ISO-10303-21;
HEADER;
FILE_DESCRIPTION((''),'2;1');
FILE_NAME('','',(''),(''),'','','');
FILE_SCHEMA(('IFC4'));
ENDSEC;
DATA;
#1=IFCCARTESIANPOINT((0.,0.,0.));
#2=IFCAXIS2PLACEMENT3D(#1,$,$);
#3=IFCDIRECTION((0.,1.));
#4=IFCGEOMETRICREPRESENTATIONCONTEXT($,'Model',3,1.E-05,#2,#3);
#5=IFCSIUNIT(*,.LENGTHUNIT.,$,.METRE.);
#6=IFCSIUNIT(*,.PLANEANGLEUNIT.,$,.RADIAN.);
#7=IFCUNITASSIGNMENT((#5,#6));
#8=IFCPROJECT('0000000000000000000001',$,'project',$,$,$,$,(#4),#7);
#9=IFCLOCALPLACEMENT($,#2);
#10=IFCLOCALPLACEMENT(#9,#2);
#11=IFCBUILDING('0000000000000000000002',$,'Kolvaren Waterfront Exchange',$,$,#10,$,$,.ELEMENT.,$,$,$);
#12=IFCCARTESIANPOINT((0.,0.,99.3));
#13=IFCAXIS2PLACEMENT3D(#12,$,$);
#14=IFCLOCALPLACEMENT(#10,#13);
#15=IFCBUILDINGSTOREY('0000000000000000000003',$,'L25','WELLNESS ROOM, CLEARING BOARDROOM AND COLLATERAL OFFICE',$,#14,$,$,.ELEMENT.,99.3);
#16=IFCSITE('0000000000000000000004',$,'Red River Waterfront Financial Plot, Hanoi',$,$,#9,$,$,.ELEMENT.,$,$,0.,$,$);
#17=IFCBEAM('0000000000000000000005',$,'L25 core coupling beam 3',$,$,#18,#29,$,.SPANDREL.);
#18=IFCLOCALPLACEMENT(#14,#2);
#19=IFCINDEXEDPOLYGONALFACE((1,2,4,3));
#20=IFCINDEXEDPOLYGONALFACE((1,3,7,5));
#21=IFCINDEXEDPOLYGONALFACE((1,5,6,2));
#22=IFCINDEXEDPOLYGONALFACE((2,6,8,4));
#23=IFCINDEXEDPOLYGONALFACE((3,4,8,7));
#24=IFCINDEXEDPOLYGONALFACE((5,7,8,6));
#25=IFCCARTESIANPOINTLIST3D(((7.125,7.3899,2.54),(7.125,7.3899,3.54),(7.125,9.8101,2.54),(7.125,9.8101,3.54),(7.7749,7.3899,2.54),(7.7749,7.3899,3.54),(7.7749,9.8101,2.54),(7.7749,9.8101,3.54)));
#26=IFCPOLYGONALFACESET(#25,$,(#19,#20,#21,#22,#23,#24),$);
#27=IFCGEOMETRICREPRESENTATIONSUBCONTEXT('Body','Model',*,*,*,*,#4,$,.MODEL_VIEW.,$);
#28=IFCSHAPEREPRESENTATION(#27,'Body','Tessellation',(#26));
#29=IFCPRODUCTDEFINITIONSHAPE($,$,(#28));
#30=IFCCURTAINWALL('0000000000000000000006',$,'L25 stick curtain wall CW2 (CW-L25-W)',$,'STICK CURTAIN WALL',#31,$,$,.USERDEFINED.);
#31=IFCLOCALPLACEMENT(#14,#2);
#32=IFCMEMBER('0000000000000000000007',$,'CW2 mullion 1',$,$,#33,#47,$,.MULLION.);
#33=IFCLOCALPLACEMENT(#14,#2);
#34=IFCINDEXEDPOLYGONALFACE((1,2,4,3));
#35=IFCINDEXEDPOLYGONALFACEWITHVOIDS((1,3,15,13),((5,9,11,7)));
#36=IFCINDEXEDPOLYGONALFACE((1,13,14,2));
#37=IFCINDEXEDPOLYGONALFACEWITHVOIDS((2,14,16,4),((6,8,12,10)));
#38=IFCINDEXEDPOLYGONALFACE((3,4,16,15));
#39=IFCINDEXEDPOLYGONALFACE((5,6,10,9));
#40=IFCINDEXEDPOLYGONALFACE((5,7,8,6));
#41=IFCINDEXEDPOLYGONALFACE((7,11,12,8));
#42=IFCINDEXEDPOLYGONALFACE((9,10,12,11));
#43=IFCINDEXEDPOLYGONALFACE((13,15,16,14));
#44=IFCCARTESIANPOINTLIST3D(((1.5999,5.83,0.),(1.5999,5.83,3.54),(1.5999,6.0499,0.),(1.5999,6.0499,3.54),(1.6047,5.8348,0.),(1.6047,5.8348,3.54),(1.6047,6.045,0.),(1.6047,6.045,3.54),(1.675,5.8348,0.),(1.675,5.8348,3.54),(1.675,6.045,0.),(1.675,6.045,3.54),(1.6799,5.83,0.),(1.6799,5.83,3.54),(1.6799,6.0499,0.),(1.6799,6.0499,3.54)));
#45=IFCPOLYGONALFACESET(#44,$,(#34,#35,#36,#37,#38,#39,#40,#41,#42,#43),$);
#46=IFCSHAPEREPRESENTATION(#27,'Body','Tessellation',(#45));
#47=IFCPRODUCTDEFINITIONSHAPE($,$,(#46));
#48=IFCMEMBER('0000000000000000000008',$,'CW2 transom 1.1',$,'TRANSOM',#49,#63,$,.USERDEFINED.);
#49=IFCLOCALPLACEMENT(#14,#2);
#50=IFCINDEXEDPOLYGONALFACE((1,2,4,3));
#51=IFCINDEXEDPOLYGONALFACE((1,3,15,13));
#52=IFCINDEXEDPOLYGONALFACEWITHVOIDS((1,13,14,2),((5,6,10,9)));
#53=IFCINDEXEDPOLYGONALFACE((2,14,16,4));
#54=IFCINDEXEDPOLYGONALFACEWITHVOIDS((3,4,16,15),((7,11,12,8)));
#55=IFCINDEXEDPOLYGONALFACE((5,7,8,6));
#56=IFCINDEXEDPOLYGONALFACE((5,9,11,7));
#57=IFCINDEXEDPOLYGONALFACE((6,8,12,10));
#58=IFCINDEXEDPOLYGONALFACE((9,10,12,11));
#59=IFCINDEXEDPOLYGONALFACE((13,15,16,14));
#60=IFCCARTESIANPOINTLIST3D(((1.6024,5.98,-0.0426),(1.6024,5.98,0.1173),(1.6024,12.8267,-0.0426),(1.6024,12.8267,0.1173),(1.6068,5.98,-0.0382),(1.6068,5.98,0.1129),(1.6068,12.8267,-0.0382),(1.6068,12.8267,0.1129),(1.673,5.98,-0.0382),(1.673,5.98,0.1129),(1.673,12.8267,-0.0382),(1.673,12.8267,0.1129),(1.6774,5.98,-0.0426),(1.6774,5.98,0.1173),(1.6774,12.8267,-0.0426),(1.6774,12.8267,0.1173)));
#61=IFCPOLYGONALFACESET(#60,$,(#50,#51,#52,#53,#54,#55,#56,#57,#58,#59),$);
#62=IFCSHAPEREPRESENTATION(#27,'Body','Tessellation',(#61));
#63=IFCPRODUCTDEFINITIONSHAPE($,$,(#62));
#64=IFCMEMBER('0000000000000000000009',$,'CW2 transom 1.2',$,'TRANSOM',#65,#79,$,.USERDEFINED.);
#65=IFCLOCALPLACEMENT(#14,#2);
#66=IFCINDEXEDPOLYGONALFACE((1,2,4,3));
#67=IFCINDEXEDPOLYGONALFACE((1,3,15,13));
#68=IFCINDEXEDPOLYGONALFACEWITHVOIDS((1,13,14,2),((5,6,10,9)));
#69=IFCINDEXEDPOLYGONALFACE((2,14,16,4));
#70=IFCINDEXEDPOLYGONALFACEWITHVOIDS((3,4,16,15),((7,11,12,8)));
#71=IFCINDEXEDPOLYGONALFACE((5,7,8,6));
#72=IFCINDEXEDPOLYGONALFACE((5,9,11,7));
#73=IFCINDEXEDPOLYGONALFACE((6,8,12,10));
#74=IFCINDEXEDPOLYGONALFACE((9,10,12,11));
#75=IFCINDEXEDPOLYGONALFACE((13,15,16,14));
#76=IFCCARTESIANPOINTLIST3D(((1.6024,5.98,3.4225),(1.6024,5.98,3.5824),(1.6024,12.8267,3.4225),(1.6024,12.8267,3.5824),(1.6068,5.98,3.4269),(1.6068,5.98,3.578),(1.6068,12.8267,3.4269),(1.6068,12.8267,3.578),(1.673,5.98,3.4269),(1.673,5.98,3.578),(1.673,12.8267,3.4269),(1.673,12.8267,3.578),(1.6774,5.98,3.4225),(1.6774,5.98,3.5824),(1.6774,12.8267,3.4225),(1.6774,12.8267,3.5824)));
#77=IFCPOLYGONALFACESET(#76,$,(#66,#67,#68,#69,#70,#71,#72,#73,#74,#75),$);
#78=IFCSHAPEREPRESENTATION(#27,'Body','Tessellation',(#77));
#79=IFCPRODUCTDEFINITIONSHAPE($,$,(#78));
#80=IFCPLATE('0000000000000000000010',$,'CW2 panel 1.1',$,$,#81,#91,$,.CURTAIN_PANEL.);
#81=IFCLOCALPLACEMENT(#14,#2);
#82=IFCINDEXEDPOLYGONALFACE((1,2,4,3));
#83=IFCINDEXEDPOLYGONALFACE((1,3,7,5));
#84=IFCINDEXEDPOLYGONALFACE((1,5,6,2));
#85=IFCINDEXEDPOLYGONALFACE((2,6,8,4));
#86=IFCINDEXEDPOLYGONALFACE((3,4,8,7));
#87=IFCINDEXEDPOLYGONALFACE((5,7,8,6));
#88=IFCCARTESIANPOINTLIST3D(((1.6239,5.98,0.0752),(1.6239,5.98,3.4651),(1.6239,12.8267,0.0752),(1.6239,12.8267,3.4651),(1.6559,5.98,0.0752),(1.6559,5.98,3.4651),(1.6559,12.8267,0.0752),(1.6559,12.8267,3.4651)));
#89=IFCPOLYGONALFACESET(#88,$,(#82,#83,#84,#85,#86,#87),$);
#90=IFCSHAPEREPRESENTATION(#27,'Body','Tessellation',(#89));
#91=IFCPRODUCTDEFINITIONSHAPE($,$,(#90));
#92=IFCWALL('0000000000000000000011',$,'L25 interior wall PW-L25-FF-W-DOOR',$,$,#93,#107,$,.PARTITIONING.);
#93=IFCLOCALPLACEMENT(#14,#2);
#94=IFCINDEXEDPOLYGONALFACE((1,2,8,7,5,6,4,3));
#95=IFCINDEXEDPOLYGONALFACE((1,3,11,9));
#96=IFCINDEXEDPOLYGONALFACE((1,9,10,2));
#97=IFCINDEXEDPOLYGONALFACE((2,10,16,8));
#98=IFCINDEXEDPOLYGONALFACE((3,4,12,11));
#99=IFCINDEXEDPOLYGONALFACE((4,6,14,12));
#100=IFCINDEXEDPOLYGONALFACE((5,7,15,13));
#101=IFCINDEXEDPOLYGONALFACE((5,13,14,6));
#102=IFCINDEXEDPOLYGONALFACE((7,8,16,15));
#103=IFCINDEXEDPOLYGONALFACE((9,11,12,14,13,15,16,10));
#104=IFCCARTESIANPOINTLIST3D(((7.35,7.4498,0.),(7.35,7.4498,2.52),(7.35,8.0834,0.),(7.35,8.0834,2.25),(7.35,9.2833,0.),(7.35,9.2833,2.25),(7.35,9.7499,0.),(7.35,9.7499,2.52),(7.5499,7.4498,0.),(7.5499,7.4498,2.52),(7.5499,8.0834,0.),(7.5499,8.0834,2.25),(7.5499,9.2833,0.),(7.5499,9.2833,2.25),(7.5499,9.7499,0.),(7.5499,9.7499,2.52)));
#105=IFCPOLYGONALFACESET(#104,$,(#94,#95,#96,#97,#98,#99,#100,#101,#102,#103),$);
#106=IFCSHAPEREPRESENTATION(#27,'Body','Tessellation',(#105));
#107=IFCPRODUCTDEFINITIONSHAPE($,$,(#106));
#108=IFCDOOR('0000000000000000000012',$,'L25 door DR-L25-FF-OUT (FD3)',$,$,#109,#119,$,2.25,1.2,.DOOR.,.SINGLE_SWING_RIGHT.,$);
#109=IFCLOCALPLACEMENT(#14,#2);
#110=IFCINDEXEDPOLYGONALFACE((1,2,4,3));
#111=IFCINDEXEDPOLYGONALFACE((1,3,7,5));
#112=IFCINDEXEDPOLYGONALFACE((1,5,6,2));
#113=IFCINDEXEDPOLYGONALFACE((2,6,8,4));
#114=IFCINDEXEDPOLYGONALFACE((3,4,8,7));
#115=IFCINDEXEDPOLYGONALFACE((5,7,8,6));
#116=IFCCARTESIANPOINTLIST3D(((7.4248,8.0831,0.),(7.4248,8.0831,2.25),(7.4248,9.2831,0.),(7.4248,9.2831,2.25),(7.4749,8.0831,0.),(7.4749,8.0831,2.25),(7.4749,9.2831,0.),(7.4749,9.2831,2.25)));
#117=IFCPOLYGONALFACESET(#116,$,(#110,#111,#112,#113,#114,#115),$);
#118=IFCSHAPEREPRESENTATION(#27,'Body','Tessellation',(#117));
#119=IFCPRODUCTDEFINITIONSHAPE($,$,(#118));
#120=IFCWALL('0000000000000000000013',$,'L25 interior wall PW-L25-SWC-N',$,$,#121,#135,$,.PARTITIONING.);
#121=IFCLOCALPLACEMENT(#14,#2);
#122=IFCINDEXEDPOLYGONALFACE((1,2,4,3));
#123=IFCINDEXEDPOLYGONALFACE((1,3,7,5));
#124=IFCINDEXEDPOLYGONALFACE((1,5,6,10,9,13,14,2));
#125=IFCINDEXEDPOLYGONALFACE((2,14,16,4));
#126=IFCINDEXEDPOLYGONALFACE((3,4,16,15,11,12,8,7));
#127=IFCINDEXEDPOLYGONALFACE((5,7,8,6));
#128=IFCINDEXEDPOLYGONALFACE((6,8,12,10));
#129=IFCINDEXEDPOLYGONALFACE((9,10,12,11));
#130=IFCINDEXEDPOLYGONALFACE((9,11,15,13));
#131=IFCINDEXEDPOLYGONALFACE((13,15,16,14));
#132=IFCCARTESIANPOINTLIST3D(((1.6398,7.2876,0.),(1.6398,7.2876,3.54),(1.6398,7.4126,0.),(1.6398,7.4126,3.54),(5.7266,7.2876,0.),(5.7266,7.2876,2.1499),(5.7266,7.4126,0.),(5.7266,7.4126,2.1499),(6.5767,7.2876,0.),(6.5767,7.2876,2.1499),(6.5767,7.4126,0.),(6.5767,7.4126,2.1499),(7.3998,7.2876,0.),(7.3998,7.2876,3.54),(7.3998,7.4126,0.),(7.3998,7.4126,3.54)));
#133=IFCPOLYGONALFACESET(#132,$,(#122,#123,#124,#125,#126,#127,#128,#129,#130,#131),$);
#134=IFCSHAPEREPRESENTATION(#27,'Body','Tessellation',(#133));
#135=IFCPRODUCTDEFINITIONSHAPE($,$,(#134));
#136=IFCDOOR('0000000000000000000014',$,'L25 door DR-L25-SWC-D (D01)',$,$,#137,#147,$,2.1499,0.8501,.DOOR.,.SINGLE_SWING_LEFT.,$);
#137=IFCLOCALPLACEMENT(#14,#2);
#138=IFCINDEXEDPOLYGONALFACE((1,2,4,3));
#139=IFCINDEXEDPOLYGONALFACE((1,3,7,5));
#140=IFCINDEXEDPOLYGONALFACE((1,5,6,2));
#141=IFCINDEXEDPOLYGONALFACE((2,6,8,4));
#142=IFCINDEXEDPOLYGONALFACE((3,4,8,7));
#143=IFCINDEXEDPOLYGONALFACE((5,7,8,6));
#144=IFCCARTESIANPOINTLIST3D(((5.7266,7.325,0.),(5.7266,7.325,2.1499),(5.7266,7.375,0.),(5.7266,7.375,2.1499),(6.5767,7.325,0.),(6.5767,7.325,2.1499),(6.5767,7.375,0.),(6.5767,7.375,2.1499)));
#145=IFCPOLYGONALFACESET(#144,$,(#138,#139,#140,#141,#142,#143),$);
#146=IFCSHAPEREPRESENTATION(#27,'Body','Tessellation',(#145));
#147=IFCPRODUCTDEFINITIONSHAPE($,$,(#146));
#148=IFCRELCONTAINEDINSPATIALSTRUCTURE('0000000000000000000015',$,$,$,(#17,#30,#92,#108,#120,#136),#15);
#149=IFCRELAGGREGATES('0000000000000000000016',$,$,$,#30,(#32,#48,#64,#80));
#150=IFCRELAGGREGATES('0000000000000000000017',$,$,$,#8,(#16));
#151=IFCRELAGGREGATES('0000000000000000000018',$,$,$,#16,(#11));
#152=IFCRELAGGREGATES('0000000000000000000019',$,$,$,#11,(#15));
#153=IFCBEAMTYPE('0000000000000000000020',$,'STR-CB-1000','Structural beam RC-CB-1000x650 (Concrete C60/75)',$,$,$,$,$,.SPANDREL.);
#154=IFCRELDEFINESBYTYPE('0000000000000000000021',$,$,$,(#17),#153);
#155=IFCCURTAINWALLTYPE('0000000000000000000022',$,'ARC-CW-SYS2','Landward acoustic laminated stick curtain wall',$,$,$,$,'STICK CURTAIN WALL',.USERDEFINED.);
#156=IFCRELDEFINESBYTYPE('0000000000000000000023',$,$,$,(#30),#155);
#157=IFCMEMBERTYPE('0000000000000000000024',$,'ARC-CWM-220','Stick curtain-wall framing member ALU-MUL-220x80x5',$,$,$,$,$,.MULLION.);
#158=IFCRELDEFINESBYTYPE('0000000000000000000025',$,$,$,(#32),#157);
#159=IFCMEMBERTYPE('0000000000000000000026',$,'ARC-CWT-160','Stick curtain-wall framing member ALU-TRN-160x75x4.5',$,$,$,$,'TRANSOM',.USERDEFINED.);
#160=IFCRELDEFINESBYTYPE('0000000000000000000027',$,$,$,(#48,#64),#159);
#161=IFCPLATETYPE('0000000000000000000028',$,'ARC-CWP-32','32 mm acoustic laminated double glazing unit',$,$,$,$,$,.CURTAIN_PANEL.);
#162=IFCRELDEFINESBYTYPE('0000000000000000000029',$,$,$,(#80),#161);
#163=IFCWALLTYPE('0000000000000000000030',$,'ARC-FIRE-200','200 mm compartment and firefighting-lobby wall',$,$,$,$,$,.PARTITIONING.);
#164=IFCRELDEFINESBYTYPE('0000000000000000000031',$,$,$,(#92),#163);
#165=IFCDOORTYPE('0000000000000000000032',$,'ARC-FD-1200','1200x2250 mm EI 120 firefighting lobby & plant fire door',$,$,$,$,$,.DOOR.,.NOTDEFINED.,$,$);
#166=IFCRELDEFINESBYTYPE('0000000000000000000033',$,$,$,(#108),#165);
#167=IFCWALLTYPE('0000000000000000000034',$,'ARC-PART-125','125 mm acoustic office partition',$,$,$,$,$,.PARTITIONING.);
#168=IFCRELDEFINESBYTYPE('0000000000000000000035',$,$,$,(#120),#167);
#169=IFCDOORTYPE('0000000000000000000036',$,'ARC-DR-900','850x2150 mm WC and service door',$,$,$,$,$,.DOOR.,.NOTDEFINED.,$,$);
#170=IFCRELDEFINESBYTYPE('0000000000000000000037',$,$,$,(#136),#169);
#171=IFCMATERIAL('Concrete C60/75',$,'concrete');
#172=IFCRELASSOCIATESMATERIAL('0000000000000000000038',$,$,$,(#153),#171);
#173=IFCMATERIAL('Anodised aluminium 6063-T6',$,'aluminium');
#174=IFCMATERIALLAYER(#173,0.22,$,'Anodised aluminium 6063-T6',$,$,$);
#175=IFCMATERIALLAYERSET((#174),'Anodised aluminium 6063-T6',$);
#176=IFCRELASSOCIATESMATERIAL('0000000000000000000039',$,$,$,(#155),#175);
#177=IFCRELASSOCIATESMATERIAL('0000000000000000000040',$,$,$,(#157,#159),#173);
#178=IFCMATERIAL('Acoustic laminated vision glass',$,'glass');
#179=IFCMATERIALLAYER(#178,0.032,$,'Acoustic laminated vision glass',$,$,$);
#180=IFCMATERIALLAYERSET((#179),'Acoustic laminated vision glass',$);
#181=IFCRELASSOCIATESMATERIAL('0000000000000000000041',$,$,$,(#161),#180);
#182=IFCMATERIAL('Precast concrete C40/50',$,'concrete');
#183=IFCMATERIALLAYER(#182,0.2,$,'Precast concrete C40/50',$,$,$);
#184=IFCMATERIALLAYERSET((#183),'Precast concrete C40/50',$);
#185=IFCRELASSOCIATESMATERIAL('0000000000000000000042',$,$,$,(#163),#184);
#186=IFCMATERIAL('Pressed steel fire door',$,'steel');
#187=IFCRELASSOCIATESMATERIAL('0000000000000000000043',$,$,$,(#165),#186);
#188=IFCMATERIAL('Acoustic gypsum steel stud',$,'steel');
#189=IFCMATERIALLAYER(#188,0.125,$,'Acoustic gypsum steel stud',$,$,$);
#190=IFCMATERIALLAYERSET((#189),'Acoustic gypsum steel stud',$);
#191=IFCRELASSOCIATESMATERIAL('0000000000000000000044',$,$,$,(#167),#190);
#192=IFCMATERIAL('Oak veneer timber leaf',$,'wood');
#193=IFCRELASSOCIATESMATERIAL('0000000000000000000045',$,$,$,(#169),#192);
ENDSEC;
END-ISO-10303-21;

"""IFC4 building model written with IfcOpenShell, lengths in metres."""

from ifc_helpers import new_model, si_unit, direction, frame, frame_2d, origin, origin_with_axes, origin_2d, place, context, subcontext, project, spatial, rectangle, hollow_rectangle, extrude, source, transform, mapped, material, layer, layer_set, material_profile, profile_set, type_object, element, fill, aggregate, save


model = new_model("IFC4")

# Units and contexts
model_context = context("Model", 3, precision=1e-05, world=origin(), true_north=direction((0.0, 1.0)))
body_context = subcontext(model_context, "Body", "Model", "MODEL_VIEW")
ifc_project = project(units=[si_unit("LENGTHUNIT", "METRE"), si_unit("PLANEANGLEUNIT", "RADIAN")], contexts=[model_context])

# Site, building, storey
site_placement = place(None, origin())
site = spatial("IfcSite", under=ifc_project, at=site_placement, Name="Red River Waterfront Financial Plot, Hanoi", CompositionType="ELEMENT", RefElevation=0.0)
building_placement = place(site_placement, origin())
building = spatial("IfcBuilding", under=site, at=building_placement, Name="Kolvaren Waterfront Exchange", CompositionType="ELEMENT")
storey_placement = place(building_placement, frame((0.0, 0.0, 99.3)))
storey = spatial("IfcBuildingStorey", under=building, at=storey_placement, Name="L25", Description="WELLNESS ROOM, CLEARING BOARDROOM AND COLLATERAL OFFICE", CompositionType="ELEMENT", Elevation=99.3)

# Beam
ifc_material_1 = material(Name="Concrete C60/75", Category="concrete")
ifc_material_profile_1 = material_profile(ifc_material_1, rectangle(XDim=0.6499, YDim=1.0, at=origin_2d()), Name="RC-CB-1000x650")
ifc_profile_set_1 = profile_set([ifc_material_profile_1], Name="Concrete C60/75")
beam_type = type_object("IfcBeamType", Name="STR-CB-1000", Description="Structural beam RC-CB-1000x650 (Concrete C60/75)", PredefinedType="SPANDREL", material=ifc_profile_set_1)
beam_placement = place(storey_placement, frame((7.45, 7.3899, 3.04), z_axis=(0.0, 1.0, 0.0), x_axis=(-1.0, 0.0, 0.0)))
element("IfcBeam", 1, at=beam_placement, inside=storey, type_object=beam_type, Name="L25 core coupling beam 3", PredefinedType="SPANDREL", context=body_context, shape_type="SweptSolid", body=[
    extrude(rectangle(XDim=0.6499, YDim=1.0, at=origin_2d()), origin(), (0.0, 0.0, 1.0), 2.4202),
])

# Curtain wall, members, plate
ifc_material_2 = material(Name="Anodised aluminium 6063-T6", Category="aluminium")
ifc_layer_1 = layer(ifc_material_2, 0.22, Name="Anodised aluminium 6063-T6")
ifc_layer_set_1 = layer_set([ifc_layer_1], Name="Anodised aluminium 6063-T6")
curtain_wall_type = type_object("IfcCurtainWallType", Name="ARC-CW-SYS2", Description="Landward acoustic laminated stick curtain wall", ElementType="STICK CURTAIN WALL", PredefinedType="USERDEFINED", material=ifc_layer_set_1)
curtain_wall_placement = place(storey_placement, origin())
curtain_wall = element("IfcCurtainWall", 2, at=curtain_wall_placement, inside=storey, type_object=curtain_wall_type, Name="L25 stick curtain wall CW2 (CW-L25-W)", ObjectType="STICK CURTAIN WALL", PredefinedType="USERDEFINED")
ifc_material_profile_2 = material_profile(ifc_material_2, hollow_rectangle(XDim=0.0801, YDim=0.22, WallThickness=0.0049, at=origin_2d()), Name="ALU-MUL-220x80x5")
ifc_profile_set_2 = profile_set([ifc_material_profile_2], Name="Anodised aluminium 6063-T6")
member_type_1 = type_object("IfcMemberType", Name="ARC-CWM-220", Description="Stick curtain-wall framing member ALU-MUL-220x80x5", PredefinedType="MULLION", material=ifc_profile_set_2)
shared_shape_1 = source(origin_with_axes(), body_context, "Body", "SweptSolid", [
    extrude(hollow_rectangle(XDim=0.0801, YDim=0.22, WallThickness=0.0049, at=origin_2d()), origin(), (0.0, 0.0, 1.0), 3.54),
])
member_1_placement = place(storey_placement, frame((1.6399, 5.9399, 0.0), z_axis=(0.0, 0.0, 1.0), x_axis=(-1.0, 0.0, 0.0)))
member_1 = element("IfcMember", 3, at=member_1_placement, type_object=member_type_1, Name="CW2 mullion 1", PredefinedType="MULLION", context=body_context, shape_type="MappedRepresentation", body=[
    mapped(shared_shape_1, transform((0.0, 0.0, 0.0), x_axis=(1.0, 0.0, 0.0), y_axis=(0.0, 1.0, 0.0), z_axis=(0.0, 0.0, 1.0), scale=1.0)),
])
ifc_material_profile_3 = material_profile(ifc_material_2, hollow_rectangle(XDim=0.075, YDim=0.1599, WallThickness=0.0044, at=origin_2d()), Name="ALU-TRN-160x75x4.5")
ifc_profile_set_3 = profile_set([ifc_material_profile_3], Name="Anodised aluminium 6063-T6")
member_type_2 = type_object("IfcMemberType", Name="ARC-CWT-160", Description="Stick curtain-wall framing member ALU-TRN-160x75x4.5", ElementType="TRANSOM", PredefinedType="USERDEFINED", material=ifc_profile_set_3)
shared_shape_2 = source(origin_with_axes(), body_context, "Body", "SweptSolid", [
    extrude(hollow_rectangle(XDim=0.075, YDim=0.1599, WallThickness=0.0044, at=origin_2d()), origin(), (0.0, 0.0, 1.0), 6.8467),
])
member_2_placement = place(storey_placement, frame((1.6399, 5.98, 0.0374), z_axis=(0.0, 1.0, 0.0), x_axis=(-1.0, 0.0, 0.0)))
member_2 = element("IfcMember", 4, at=member_2_placement, type_object=member_type_2, Name="CW2 transom 1.1", ObjectType="TRANSOM", PredefinedType="USERDEFINED", context=body_context, shape_type="MappedRepresentation", body=[
    mapped(shared_shape_2, transform((0.0, 0.0, 0.0), x_axis=(1.0, 0.0, 0.0), y_axis=(0.0, 1.0, 0.0), z_axis=(0.0, 0.0, 1.0), scale=1.0)),
])
member_3_placement = place(storey_placement, frame((1.6399, 5.98, 3.5024), z_axis=(0.0, 1.0, 0.0), x_axis=(-1.0, 0.0, 0.0)))
member_3 = element("IfcMember", 5, at=member_3_placement, type_object=member_type_2, Name="CW2 transom 1.2", ObjectType="TRANSOM", PredefinedType="USERDEFINED", context=body_context, shape_type="MappedRepresentation", body=[
    mapped(shared_shape_2, transform((0.0, 0.0, 0.0), x_axis=(1.0, 0.0, 0.0), y_axis=(0.0, 1.0, 0.0), z_axis=(0.0, 0.0, 1.0), scale=1.0)),
])
ifc_material_3 = material(Name="Acoustic laminated vision glass", Category="glass")
ifc_layer_2 = layer(ifc_material_3, 0.032, Name="Acoustic laminated vision glass")
ifc_layer_set_2 = layer_set([ifc_layer_2], Name="Acoustic laminated vision glass")
plate_type = type_object("IfcPlateType", Name="ARC-CWP-32", Description="32 mm acoustic laminated double glazing unit", PredefinedType="CURTAIN_PANEL", material=ifc_layer_set_2)
shared_shape_3 = source(origin_with_axes(), body_context, "Body", "SweptSolid", [
    extrude(rectangle(XDim=6.8467, YDim=0.032, at=origin_2d()), origin(), (0.0, 0.0, 1.0), 3.3899),
])
plate_placement = place(storey_placement, frame((1.6399, 9.4033, 0.0752), z_axis=(0.0, 0.0, 1.0), x_axis=(0.0, 1.0, 0.0)))
plate = element("IfcPlate", 6, at=plate_placement, type_object=plate_type, Name="CW2 panel 1.1", PredefinedType="CURTAIN_PANEL", context=body_context, shape_type="MappedRepresentation", body=[
    mapped(shared_shape_3, transform((0.0, 0.0, 0.0), x_axis=(1.0, 0.0, 0.0), y_axis=(0.0, 1.0, 0.0), z_axis=(0.0, 0.0, 1.0), scale=1.0)),
])
aggregate(curtain_wall, [member_1, member_2, member_3, plate])

# Walls, openings, doors
ifc_material_4 = material(Name="Precast concrete C40/50", Category="concrete")
ifc_layer_3 = layer(ifc_material_4, 0.2, Name="Precast concrete C40/50")
ifc_layer_set_3 = layer_set([ifc_layer_3], Name="Precast concrete C40/50")
wall_type_1 = type_object("IfcWallType", Name="ARC-FIRE-200", Description="200 mm compartment and firefighting-lobby wall", PredefinedType="PARTITIONING", material=ifc_layer_set_3)
wall_1_placement = place(storey_placement, frame((7.45, 7.45, 0.0), z_axis=(0.0, 0.0, 1.0), x_axis=(0.0, 1.0, 0.0)))
wall_1 = element("IfcWall", 7, at=wall_1_placement, inside=storey, type_object=wall_type_1, Name="L25 interior wall PW-L25-FF-W-DOOR", PredefinedType="PARTITIONING", context=body_context, shape_type="SweptSolid", body=[
    extrude(rectangle(XDim=2.3, YDim=0.2, at=frame_2d((1.1499, 0.0))), origin(), (0.0, 0.0, 1.0), 2.52),
])
opening_1_placement = place(wall_1_placement, frame((0.6333, 0.0, 0.0)))
opening_1 = element("IfcOpeningElement", 8, at=opening_1_placement, cuts=wall_1, PredefinedType="OPENING", context=body_context, shape_type="SweptSolid", body=[
    extrude(rectangle(XDim=1.2, YDim=2.25, at=frame_2d((0.6001, 1.125))), frame((0.0, 0.1099, 0.0), z_axis=(0.0, -1.0, 0.0), x_axis=(1.0, 0.0, 0.0)), (0.0, 0.0, 1.0), 0.22),
])
ifc_material_5 = material(Name="Pressed steel fire door", Category="steel")
door_type_1 = type_object("IfcDoorType", Name="ARC-FD-1200", Description="1200x2250 mm EI 120 firefighting lobby & plant fire door", OperationType="NOTDEFINED", PredefinedType="DOOR", material=ifc_material_5)
door_1_placement = place(opening_1_placement, frame((1.2, 0.0, 0.0), z_axis=(0.0, 0.0, 1.0), x_axis=(-1.0, 0.0, 0.0)))
door_1 = element("IfcDoor", 9, at=door_1_placement, inside=storey, type_object=door_type_1, Name="L25 door DR-L25-FF-OUT (FD3)", OperationType="SINGLE_SWING_RIGHT", OverallHeight=2.25, OverallWidth=1.2, PredefinedType="DOOR", context=body_context, shape_type="SweptSolid", body=[
    extrude(rectangle(XDim=1.2, YDim=2.25, at=frame_2d((0.6001, 1.125))), frame((0.0, 0.0249, 0.0), z_axis=(0.0, -1.0, 0.0), x_axis=(1.0, 0.0, 0.0)), (0.0, 0.0, 1.0), 0.05),
])
fill(opening_1, door_1)
ifc_material_6 = material(Name="Acoustic gypsum steel stud", Category="steel")
ifc_layer_4 = layer(ifc_material_6, 0.125, Name="Acoustic gypsum steel stud")
ifc_layer_set_4 = layer_set([ifc_layer_4], Name="Acoustic gypsum steel stud")
wall_type_2 = type_object("IfcWallType", Name="ARC-PART-125", Description="125 mm acoustic office partition", PredefinedType="PARTITIONING", material=ifc_layer_set_4)
wall_2_placement = place(storey_placement, frame((1.6399, 7.3501, 0.0), z_axis=(0.0, 0.0, 1.0), x_axis=(1.0, 0.0, 0.0)))
wall_2 = element("IfcWall", 10, at=wall_2_placement, inside=storey, type_object=wall_type_2, Name="L25 interior wall PW-L25-SWC-N", PredefinedType="PARTITIONING", context=body_context, shape_type="SweptSolid", body=[
    extrude(rectangle(XDim=5.76, YDim=0.125, at=frame_2d((2.8799, 0.0))), origin(), (0.0, 0.0, 1.0), 3.54),
])
opening_2_placement = place(wall_2_placement, frame((4.0867, 0.0, 0.0)))
opening_2 = element("IfcOpeningElement", 11, at=opening_2_placement, cuts=wall_2, PredefinedType="OPENING", context=body_context, shape_type="SweptSolid", body=[
    extrude(rectangle(XDim=0.8501, YDim=2.1499, at=frame_2d((0.425, 1.075))), frame((0.0, 0.0725, 0.0), z_axis=(0.0, -1.0, 0.0), x_axis=(1.0, 0.0, 0.0)), (0.0, 0.0, 1.0), 0.145),
])
ifc_material_7 = material(Name="Oak veneer timber leaf", Category="wood")
door_type_2 = type_object("IfcDoorType", Name="ARC-DR-900", Description="850x2150 mm WC and service door", OperationType="NOTDEFINED", PredefinedType="DOOR", material=ifc_material_7)
door_2_placement = place(opening_2_placement, origin())
door_2 = element("IfcDoor", 12, at=door_2_placement, inside=storey, type_object=door_type_2, Name="L25 door DR-L25-SWC-D (D01)", OperationType="SINGLE_SWING_LEFT", OverallHeight=2.1499, OverallWidth=0.8501, PredefinedType="DOOR", context=body_context, shape_type="SweptSolid", body=[
    extrude(rectangle(XDim=0.8501, YDim=2.1499, at=frame_2d((0.425, 1.075))), frame((0.0, 0.0249, 0.0), z_axis=(0.0, -1.0, 0.0), x_axis=(1.0, 0.0, 0.0)), (0.0, 0.0, 1.0), 0.05),
])
fill(opening_2, door_2)

save(model, "model.ifc")
